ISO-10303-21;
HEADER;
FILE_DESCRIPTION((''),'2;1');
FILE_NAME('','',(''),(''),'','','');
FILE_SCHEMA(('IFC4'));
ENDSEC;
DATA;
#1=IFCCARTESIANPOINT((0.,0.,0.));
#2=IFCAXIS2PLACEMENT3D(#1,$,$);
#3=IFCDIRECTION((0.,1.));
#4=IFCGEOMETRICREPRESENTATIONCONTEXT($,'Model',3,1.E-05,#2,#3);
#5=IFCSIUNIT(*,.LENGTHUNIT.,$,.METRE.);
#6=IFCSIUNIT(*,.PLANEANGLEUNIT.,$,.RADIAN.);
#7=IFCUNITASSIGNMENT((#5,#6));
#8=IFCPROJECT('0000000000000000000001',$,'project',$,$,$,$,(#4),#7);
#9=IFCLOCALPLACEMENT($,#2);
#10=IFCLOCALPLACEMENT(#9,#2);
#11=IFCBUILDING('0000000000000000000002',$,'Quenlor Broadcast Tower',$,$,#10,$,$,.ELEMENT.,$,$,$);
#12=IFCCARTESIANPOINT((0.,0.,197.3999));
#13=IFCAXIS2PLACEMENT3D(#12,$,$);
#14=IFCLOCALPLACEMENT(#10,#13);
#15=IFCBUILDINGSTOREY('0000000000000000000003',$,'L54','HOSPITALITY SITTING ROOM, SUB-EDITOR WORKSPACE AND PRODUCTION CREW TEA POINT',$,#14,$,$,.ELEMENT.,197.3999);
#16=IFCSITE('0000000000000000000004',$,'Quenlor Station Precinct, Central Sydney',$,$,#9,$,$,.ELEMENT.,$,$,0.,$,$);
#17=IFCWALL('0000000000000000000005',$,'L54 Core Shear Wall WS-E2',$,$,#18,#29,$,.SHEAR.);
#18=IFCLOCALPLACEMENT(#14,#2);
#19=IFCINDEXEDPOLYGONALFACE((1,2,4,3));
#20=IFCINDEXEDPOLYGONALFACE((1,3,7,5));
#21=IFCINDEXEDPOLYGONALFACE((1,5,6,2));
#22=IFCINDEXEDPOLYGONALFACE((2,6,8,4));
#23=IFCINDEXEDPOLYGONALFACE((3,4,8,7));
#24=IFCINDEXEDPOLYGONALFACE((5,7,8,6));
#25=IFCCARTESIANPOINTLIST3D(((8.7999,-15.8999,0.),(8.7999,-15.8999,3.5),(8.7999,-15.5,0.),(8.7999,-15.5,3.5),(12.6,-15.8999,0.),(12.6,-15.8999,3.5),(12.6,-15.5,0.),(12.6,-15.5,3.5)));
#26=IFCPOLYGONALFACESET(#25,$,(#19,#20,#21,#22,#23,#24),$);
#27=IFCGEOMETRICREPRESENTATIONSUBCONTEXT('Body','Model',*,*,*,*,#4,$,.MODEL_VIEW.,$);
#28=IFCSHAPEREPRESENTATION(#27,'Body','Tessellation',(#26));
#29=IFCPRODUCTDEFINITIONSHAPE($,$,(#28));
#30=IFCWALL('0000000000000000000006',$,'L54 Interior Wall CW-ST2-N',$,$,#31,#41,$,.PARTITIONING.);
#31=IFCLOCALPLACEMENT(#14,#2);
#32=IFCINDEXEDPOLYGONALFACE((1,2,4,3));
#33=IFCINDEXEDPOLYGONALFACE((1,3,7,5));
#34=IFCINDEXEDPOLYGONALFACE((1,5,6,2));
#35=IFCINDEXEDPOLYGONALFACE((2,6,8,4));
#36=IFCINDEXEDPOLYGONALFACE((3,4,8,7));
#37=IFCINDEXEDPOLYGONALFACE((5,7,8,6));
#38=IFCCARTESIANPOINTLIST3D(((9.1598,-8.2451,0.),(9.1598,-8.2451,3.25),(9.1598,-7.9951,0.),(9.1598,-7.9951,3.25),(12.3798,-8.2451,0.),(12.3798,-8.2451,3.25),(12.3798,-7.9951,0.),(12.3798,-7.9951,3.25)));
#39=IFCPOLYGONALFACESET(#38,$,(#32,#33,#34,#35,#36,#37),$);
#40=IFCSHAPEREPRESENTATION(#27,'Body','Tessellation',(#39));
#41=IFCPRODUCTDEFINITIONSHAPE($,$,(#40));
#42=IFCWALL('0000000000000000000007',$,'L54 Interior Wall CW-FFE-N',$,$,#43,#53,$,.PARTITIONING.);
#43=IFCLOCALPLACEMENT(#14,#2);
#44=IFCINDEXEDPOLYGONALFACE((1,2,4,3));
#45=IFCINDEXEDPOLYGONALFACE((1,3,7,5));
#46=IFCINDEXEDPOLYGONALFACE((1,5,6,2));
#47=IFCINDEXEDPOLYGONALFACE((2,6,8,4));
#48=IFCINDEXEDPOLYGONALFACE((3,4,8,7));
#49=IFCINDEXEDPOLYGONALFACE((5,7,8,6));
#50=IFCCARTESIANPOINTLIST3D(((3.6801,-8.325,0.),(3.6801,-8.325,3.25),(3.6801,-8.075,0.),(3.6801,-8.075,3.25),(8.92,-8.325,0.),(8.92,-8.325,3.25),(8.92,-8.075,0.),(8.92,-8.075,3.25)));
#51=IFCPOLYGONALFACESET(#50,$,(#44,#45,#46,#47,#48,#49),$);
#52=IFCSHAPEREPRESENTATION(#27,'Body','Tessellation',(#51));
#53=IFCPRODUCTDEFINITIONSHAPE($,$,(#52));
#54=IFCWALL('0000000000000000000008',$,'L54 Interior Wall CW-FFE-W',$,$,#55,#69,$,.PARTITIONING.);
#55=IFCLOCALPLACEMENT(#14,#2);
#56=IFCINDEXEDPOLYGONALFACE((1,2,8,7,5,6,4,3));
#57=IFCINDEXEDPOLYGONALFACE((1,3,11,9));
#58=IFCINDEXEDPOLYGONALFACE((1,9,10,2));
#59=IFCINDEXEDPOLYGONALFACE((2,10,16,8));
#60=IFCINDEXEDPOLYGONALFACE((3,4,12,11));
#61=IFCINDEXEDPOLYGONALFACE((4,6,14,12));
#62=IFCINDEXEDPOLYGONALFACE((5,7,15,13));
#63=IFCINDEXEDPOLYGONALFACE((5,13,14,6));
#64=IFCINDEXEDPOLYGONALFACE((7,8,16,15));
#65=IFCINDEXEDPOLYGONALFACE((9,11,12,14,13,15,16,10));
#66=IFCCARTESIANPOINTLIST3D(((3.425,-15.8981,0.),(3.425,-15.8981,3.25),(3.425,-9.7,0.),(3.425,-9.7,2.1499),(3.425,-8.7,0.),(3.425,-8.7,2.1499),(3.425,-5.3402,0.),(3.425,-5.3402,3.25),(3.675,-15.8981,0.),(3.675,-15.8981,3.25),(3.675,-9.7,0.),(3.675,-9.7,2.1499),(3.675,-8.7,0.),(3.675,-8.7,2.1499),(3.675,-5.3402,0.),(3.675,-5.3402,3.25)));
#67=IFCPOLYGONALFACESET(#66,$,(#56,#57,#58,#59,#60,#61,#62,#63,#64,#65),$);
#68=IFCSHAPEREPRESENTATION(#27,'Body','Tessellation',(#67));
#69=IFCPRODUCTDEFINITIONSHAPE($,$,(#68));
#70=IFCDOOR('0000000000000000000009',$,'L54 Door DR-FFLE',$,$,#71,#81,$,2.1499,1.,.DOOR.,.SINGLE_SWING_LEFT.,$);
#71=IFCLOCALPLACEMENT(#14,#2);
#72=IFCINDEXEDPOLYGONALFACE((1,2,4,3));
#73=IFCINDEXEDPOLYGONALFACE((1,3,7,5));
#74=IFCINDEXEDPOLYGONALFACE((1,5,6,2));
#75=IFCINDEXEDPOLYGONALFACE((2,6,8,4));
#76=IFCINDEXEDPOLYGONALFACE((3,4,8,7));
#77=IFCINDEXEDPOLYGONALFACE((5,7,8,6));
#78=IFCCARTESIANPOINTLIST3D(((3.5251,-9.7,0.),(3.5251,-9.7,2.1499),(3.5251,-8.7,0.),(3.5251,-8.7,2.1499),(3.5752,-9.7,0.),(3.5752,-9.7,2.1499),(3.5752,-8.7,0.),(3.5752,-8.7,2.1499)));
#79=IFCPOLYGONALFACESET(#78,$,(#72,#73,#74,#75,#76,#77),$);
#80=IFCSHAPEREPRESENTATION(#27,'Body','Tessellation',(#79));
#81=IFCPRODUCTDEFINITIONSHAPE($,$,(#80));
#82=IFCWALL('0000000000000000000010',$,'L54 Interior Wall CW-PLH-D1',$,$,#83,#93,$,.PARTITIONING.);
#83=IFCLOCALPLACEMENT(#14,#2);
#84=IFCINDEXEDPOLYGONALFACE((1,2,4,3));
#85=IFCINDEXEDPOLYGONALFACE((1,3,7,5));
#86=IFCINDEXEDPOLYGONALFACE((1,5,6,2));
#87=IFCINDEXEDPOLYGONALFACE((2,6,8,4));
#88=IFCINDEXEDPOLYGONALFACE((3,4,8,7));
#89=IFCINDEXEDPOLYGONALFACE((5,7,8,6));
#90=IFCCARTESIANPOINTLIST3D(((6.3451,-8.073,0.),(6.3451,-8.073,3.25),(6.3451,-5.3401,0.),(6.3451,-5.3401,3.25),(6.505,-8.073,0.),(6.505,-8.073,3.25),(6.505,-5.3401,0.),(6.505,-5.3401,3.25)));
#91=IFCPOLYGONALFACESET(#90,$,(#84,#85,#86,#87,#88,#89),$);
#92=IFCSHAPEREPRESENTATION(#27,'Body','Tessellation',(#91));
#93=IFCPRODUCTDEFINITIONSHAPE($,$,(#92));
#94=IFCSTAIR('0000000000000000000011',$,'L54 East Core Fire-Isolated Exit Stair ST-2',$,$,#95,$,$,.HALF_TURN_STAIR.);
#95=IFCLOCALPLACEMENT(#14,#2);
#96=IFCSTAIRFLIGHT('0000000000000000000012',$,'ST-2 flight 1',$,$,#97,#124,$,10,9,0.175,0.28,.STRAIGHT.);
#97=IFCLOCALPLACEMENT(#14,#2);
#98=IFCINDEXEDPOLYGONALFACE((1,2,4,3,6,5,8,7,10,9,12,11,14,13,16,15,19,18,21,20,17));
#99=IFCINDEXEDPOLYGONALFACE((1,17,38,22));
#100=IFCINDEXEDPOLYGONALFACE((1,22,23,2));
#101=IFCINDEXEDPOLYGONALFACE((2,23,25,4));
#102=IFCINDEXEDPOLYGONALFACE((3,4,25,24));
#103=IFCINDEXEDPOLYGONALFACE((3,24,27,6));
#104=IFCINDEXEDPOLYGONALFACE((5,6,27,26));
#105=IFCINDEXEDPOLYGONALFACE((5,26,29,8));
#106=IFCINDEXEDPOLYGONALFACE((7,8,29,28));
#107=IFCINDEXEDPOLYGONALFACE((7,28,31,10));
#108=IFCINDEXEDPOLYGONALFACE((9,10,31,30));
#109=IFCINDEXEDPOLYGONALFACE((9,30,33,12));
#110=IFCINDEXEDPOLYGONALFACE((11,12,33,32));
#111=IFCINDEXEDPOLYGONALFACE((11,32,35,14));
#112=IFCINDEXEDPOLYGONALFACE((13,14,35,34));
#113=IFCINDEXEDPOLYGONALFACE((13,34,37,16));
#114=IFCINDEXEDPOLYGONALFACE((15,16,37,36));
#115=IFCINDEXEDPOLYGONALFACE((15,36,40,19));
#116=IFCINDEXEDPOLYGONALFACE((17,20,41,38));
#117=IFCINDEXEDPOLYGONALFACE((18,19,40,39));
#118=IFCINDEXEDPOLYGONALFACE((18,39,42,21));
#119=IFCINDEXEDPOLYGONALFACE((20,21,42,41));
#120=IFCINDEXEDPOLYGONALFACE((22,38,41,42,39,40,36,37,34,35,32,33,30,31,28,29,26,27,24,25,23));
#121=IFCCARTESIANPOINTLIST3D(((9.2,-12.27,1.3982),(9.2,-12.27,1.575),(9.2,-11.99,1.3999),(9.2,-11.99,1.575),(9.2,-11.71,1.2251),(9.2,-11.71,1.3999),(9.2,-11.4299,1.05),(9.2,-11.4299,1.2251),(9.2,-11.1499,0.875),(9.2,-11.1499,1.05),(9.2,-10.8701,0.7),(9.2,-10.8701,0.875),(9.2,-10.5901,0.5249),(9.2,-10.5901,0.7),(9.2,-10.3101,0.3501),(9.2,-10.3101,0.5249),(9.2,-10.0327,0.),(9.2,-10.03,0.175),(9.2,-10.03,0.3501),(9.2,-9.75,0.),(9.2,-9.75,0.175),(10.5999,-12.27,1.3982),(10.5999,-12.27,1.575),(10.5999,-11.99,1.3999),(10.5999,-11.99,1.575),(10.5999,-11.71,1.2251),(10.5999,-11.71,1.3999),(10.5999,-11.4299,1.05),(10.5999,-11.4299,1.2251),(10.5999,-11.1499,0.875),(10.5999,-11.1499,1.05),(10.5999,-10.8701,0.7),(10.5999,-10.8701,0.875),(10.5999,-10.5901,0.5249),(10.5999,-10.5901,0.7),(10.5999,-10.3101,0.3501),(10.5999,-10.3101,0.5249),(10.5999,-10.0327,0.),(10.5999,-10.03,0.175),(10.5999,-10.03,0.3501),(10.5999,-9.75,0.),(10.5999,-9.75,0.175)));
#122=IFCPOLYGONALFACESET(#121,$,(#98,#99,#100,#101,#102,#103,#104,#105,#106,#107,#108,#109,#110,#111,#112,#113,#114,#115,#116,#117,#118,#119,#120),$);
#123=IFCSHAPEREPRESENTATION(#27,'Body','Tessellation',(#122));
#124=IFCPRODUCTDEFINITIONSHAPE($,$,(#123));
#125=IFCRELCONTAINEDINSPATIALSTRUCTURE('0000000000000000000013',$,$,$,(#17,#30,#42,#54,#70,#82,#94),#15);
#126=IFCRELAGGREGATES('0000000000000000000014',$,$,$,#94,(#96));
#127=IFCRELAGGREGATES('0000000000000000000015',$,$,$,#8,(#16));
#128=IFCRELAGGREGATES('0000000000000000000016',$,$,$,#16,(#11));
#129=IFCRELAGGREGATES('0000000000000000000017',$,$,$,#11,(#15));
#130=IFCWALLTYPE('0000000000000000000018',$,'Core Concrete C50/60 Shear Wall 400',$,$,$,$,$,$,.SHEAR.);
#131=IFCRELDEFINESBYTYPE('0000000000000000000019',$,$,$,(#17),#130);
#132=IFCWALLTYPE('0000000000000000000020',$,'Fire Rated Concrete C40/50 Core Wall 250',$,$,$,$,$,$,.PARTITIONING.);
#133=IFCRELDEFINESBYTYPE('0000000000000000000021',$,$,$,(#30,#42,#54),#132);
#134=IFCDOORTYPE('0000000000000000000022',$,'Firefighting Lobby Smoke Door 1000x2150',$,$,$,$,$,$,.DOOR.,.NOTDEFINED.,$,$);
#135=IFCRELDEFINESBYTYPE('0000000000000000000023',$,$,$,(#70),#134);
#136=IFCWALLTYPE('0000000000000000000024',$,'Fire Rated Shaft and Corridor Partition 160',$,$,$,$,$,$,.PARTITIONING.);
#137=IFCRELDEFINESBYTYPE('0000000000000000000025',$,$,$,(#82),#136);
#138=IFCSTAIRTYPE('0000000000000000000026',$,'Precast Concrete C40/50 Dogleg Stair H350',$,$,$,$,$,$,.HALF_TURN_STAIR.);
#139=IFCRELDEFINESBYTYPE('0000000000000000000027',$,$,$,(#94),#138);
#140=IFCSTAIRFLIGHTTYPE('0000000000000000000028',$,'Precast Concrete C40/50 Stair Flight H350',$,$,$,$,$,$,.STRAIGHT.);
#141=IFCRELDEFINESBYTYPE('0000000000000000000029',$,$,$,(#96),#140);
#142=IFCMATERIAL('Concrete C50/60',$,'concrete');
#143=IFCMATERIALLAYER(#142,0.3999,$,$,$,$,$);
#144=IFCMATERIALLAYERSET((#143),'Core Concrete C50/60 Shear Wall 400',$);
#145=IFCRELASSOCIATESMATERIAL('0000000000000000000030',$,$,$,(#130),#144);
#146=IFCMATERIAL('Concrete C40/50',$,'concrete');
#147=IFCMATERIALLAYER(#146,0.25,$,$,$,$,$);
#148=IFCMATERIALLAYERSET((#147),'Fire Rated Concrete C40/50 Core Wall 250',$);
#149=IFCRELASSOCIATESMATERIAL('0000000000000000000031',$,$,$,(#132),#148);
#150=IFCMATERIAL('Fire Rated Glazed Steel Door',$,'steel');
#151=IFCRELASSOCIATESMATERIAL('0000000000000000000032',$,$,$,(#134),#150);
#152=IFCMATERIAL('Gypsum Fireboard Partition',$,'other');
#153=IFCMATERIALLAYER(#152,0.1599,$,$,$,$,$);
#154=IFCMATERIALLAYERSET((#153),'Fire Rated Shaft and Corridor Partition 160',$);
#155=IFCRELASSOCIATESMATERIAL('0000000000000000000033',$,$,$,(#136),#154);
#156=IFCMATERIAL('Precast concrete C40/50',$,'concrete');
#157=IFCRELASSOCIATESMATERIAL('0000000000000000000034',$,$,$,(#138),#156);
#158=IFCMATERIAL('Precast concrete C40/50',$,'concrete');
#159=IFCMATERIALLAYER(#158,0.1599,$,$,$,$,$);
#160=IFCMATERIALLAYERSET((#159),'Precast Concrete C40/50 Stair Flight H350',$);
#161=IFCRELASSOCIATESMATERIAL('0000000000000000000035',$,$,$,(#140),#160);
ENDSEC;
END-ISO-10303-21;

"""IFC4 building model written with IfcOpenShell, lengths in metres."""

from ifc_helpers import new_model, si_unit, direction, frame, frame_2d, origin, place, context, subcontext, project, spatial, polyline, rectangle, outline, extrude, material, layer, layer_set, type_object, element, fill, aggregate, save


model = new_model("IFC4")

# Units and contexts
model_context = context("Model", 3, precision=1e-05, world=origin(), true_north=direction((0.0, 1.0)))
body_context = subcontext(model_context, "Body", "Model", "MODEL_VIEW")
ifc_project = project(units=[si_unit("LENGTHUNIT", "METRE"), si_unit("PLANEANGLEUNIT", "RADIAN")], contexts=[model_context])

# Site, building, storey
site_placement = place(None, origin())
site = spatial("IfcSite", under=ifc_project, at=site_placement, Name="Quenlor Station Precinct, Central Sydney", CompositionType="ELEMENT", RefElevation=0.0)
building_placement = place(site_placement, origin())
building = spatial("IfcBuilding", under=site, at=building_placement, Name="Quenlor Broadcast Tower", CompositionType="ELEMENT")
storey_placement = place(building_placement, frame((0.0, 0.0, 197.3999)))
storey = spatial("IfcBuildingStorey", under=building, at=storey_placement, Name="L54", Description="HOSPITALITY SITTING ROOM, SUB-EDITOR WORKSPACE AND PRODUCTION CREW TEA POINT", CompositionType="ELEMENT", Elevation=197.3999)

# Wall
ifc_material_1 = material(Name="Concrete C50/60", Category="concrete")
ifc_layer_1 = layer(ifc_material_1, 0.3999)
ifc_layer_set_1 = layer_set([ifc_layer_1], Name="Core Concrete C50/60 Shear Wall 400")
wall_type_1 = type_object("IfcWallType", Name="Core Concrete C50/60 Shear Wall 400", PredefinedType="SHEAR", material=ifc_layer_set_1)
wall_1_placement = place(storey_placement, frame((8.8, -15.7, 0.0), z_axis=(0.0, 0.0, 1.0), x_axis=(1.0, 0.0, 0.0)))
element("IfcWall", 1, at=wall_1_placement, inside=storey, type_object=wall_type_1, Name="L54 Core Shear Wall WS-E2", PredefinedType="SHEAR", context=body_context, shape_type="SweptSolid", body=[
    extrude(rectangle(XDim=3.8, YDim=0.3999, at=frame_2d((1.8999, 0.0))), origin(), (0.0, 0.0, 1.0), 3.5),
])

# Shared definitions
ifc_material_2 = material(Name="Concrete C40/50", Category="concrete")
ifc_layer_2 = layer(ifc_material_2, 0.25)
ifc_layer_set_2 = layer_set([ifc_layer_2], Name="Fire Rated Concrete C40/50 Core Wall 250")
wall_type_2 = type_object("IfcWallType", Name="Fire Rated Concrete C40/50 Core Wall 250", PredefinedType="PARTITIONING", material=ifc_layer_set_2)

# Wall
wall_2_placement = place(storey_placement, frame((9.1599, -8.1201, 0.0), z_axis=(0.0, 0.0, 1.0), x_axis=(1.0, 0.0, 0.0)))
element("IfcWall", 2, at=wall_2_placement, inside=storey, type_object=wall_type_2, Name="L54 Interior Wall CW-ST2-N", PredefinedType="PARTITIONING", context=body_context, shape_type="SweptSolid", body=[
    extrude(rectangle(XDim=3.22, YDim=0.25, at=frame_2d((1.6099, 0.0))), origin(), (0.0, 0.0, 1.0), 3.25),
])

# Wall
wall_3_placement = place(storey_placement, frame((3.6799, -8.2, 0.0), z_axis=(0.0, 0.0, 1.0), x_axis=(1.0, 0.0, 0.0)))
element("IfcWall", 3, at=wall_3_placement, inside=storey, type_object=wall_type_2, Name="L54 Interior Wall CW-FFE-N", PredefinedType="PARTITIONING", context=body_context, shape_type="SweptSolid", body=[
    extrude(rectangle(XDim=5.24, YDim=0.25, at=frame_2d((2.6201, 0.0))), origin(), (0.0, 0.0, 1.0), 3.25),
])

# Wall, opening, door
wall_4_placement = place(storey_placement, frame((3.55, -15.8979, 0.0), z_axis=(0.0, 0.0, 1.0), x_axis=(0.0, 1.0, 0.0)))
wall_4 = element("IfcWall", 4, at=wall_4_placement, inside=storey, type_object=wall_type_2, Name="L54 Interior Wall CW-FFE-W", PredefinedType="PARTITIONING", context=body_context, shape_type="SweptSolid", body=[
    extrude(rectangle(XDim=10.5579, YDim=0.25, at=frame_2d((5.2788, 0.0))), origin(), (0.0, 0.0, 1.0), 3.25),
])
opening_1_placement = place(wall_4_placement, frame((6.198, 0.0, 0.0)))
opening_1 = element("IfcOpeningElement", 5, at=opening_1_placement, cuts=wall_4, PredefinedType="OPENING", context=body_context, shape_type="SweptSolid", body=[
    extrude(rectangle(XDim=1.0, YDim=2.1499, at=frame_2d((0.5, 1.075))), frame((0.0, 0.135, 0.0), z_axis=(0.0, -1.0, 0.0), x_axis=(1.0, 0.0, 0.0)), (0.0, 0.0, 1.0), 0.27),
])
ifc_material_3 = material(Name="Fire Rated Glazed Steel Door", Category="steel")
door_type_1 = type_object("IfcDoorType", Name="Firefighting Lobby Smoke Door 1000x2150", OperationType="NOTDEFINED", PredefinedType="DOOR", material=ifc_material_3)
door_1_placement = place(opening_1_placement, origin())
door_1 = element("IfcDoor", 6, at=door_1_placement, inside=storey, type_object=door_type_1, Name="L54 Door DR-FFLE", OperationType="SINGLE_SWING_LEFT", OverallHeight=2.1499, OverallWidth=1.0, PredefinedType="DOOR", context=body_context, shape_type="SweptSolid", body=[
    extrude(rectangle(XDim=1.0, YDim=2.1499, at=frame_2d((0.5, 1.075))), frame((0.0, 0.0249, 0.0), z_axis=(0.0, -1.0, 0.0), x_axis=(1.0, 0.0, 0.0)), (0.0, 0.0, 1.0), 0.05),
])
fill(opening_1, door_1)

# Wall
ifc_material_4 = material(Name="Gypsum Fireboard Partition", Category="other")
ifc_layer_3 = layer(ifc_material_4, 0.1599)
ifc_layer_set_3 = layer_set([ifc_layer_3], Name="Fire Rated Shaft and Corridor Partition 160")
wall_type_3 = type_object("IfcWallType", Name="Fire Rated Shaft and Corridor Partition 160", PredefinedType="PARTITIONING", material=ifc_layer_set_3)
wall_5_placement = place(storey_placement, frame((6.425, -8.073, 0.0), z_axis=(0.0, 0.0, 1.0), x_axis=(0.0, 1.0, 0.0)))
element("IfcWall", 7, at=wall_5_placement, inside=storey, type_object=wall_type_3, Name="L54 Interior Wall CW-PLH-D1", PredefinedType="PARTITIONING", context=body_context, shape_type="SweptSolid", body=[
    extrude(rectangle(XDim=2.7329, YDim=0.1599, at=frame_2d((1.3665, 0.0))), origin(), (0.0, 0.0, 1.0), 3.25),
])

# Stair, stair flight
ifc_material_5 = material(Name="Precast concrete C40/50", Category="concrete")
stair_type = type_object("IfcStairType", Name="Precast Concrete C40/50 Dogleg Stair H350", PredefinedType="HALF_TURN_STAIR", material=ifc_material_5)
stair_placement = place(storey_placement, origin())
stair = element("IfcStair", 8, at=stair_placement, inside=storey, type_object=stair_type, Name="L54 East Core Fire-Isolated Exit Stair ST-2", PredefinedType="HALF_TURN_STAIR")
ifc_material_6 = material(Name="Precast concrete C40/50", Category="concrete")
ifc_layer_4 = layer(ifc_material_6, 0.1599)
ifc_layer_set_4 = layer_set([ifc_layer_4], Name="Precast Concrete C40/50 Stair Flight H350")
stair_flight_type = type_object("IfcStairFlightType", Name="Precast Concrete C40/50 Stair Flight H350", PredefinedType="STRAIGHT", material=ifc_layer_set_4)
stair_flight_placement = place(storey_placement, frame((9.8999, -9.75, 0.0), z_axis=(0.0, 0.0, 1.0), x_axis=(0.0, -1.0, 0.0)))
stair_flight = element("IfcStairFlight", 9, at=stair_flight_placement, type_object=stair_flight_type, Name="ST-2 flight 1", NumberOfRisers=10, NumberOfTreads=9, PredefinedType="STRAIGHT", RiserHeight=0.175, TreadLength=0.28, context=body_context, shape_type="SweptSolid", body=[
    extrude(outline(polyline([(0.0, 0.0), (0.0, 0.175), (0.28, 0.175), (0.28, 0.3501), (0.5601, 0.3501), (0.5601, 0.5249), (0.8401, 0.5249), (0.8401, 0.7), (1.1201, 0.7), (1.1201, 0.875), (1.3999, 0.875), (1.3999, 1.05), (1.6799, 1.05), (1.6799, 1.2251), (1.96, 1.2251), (1.96, 1.3999), (2.24, 1.3999), (2.24, 1.575), (2.52, 1.575), (2.52, 1.75), (2.52, 1.3982), (0.2827, 0.0), (0.0, 0.0)])), frame((0.0, 0.7, 0.0), z_axis=(0.0, -1.0, 0.0), x_axis=(1.0, 0.0, 0.0)), (0.0, 0.0, 1.0), 1.3999),
])
aggregate(stair, [stair_flight])

save(model, "model.ifc")
